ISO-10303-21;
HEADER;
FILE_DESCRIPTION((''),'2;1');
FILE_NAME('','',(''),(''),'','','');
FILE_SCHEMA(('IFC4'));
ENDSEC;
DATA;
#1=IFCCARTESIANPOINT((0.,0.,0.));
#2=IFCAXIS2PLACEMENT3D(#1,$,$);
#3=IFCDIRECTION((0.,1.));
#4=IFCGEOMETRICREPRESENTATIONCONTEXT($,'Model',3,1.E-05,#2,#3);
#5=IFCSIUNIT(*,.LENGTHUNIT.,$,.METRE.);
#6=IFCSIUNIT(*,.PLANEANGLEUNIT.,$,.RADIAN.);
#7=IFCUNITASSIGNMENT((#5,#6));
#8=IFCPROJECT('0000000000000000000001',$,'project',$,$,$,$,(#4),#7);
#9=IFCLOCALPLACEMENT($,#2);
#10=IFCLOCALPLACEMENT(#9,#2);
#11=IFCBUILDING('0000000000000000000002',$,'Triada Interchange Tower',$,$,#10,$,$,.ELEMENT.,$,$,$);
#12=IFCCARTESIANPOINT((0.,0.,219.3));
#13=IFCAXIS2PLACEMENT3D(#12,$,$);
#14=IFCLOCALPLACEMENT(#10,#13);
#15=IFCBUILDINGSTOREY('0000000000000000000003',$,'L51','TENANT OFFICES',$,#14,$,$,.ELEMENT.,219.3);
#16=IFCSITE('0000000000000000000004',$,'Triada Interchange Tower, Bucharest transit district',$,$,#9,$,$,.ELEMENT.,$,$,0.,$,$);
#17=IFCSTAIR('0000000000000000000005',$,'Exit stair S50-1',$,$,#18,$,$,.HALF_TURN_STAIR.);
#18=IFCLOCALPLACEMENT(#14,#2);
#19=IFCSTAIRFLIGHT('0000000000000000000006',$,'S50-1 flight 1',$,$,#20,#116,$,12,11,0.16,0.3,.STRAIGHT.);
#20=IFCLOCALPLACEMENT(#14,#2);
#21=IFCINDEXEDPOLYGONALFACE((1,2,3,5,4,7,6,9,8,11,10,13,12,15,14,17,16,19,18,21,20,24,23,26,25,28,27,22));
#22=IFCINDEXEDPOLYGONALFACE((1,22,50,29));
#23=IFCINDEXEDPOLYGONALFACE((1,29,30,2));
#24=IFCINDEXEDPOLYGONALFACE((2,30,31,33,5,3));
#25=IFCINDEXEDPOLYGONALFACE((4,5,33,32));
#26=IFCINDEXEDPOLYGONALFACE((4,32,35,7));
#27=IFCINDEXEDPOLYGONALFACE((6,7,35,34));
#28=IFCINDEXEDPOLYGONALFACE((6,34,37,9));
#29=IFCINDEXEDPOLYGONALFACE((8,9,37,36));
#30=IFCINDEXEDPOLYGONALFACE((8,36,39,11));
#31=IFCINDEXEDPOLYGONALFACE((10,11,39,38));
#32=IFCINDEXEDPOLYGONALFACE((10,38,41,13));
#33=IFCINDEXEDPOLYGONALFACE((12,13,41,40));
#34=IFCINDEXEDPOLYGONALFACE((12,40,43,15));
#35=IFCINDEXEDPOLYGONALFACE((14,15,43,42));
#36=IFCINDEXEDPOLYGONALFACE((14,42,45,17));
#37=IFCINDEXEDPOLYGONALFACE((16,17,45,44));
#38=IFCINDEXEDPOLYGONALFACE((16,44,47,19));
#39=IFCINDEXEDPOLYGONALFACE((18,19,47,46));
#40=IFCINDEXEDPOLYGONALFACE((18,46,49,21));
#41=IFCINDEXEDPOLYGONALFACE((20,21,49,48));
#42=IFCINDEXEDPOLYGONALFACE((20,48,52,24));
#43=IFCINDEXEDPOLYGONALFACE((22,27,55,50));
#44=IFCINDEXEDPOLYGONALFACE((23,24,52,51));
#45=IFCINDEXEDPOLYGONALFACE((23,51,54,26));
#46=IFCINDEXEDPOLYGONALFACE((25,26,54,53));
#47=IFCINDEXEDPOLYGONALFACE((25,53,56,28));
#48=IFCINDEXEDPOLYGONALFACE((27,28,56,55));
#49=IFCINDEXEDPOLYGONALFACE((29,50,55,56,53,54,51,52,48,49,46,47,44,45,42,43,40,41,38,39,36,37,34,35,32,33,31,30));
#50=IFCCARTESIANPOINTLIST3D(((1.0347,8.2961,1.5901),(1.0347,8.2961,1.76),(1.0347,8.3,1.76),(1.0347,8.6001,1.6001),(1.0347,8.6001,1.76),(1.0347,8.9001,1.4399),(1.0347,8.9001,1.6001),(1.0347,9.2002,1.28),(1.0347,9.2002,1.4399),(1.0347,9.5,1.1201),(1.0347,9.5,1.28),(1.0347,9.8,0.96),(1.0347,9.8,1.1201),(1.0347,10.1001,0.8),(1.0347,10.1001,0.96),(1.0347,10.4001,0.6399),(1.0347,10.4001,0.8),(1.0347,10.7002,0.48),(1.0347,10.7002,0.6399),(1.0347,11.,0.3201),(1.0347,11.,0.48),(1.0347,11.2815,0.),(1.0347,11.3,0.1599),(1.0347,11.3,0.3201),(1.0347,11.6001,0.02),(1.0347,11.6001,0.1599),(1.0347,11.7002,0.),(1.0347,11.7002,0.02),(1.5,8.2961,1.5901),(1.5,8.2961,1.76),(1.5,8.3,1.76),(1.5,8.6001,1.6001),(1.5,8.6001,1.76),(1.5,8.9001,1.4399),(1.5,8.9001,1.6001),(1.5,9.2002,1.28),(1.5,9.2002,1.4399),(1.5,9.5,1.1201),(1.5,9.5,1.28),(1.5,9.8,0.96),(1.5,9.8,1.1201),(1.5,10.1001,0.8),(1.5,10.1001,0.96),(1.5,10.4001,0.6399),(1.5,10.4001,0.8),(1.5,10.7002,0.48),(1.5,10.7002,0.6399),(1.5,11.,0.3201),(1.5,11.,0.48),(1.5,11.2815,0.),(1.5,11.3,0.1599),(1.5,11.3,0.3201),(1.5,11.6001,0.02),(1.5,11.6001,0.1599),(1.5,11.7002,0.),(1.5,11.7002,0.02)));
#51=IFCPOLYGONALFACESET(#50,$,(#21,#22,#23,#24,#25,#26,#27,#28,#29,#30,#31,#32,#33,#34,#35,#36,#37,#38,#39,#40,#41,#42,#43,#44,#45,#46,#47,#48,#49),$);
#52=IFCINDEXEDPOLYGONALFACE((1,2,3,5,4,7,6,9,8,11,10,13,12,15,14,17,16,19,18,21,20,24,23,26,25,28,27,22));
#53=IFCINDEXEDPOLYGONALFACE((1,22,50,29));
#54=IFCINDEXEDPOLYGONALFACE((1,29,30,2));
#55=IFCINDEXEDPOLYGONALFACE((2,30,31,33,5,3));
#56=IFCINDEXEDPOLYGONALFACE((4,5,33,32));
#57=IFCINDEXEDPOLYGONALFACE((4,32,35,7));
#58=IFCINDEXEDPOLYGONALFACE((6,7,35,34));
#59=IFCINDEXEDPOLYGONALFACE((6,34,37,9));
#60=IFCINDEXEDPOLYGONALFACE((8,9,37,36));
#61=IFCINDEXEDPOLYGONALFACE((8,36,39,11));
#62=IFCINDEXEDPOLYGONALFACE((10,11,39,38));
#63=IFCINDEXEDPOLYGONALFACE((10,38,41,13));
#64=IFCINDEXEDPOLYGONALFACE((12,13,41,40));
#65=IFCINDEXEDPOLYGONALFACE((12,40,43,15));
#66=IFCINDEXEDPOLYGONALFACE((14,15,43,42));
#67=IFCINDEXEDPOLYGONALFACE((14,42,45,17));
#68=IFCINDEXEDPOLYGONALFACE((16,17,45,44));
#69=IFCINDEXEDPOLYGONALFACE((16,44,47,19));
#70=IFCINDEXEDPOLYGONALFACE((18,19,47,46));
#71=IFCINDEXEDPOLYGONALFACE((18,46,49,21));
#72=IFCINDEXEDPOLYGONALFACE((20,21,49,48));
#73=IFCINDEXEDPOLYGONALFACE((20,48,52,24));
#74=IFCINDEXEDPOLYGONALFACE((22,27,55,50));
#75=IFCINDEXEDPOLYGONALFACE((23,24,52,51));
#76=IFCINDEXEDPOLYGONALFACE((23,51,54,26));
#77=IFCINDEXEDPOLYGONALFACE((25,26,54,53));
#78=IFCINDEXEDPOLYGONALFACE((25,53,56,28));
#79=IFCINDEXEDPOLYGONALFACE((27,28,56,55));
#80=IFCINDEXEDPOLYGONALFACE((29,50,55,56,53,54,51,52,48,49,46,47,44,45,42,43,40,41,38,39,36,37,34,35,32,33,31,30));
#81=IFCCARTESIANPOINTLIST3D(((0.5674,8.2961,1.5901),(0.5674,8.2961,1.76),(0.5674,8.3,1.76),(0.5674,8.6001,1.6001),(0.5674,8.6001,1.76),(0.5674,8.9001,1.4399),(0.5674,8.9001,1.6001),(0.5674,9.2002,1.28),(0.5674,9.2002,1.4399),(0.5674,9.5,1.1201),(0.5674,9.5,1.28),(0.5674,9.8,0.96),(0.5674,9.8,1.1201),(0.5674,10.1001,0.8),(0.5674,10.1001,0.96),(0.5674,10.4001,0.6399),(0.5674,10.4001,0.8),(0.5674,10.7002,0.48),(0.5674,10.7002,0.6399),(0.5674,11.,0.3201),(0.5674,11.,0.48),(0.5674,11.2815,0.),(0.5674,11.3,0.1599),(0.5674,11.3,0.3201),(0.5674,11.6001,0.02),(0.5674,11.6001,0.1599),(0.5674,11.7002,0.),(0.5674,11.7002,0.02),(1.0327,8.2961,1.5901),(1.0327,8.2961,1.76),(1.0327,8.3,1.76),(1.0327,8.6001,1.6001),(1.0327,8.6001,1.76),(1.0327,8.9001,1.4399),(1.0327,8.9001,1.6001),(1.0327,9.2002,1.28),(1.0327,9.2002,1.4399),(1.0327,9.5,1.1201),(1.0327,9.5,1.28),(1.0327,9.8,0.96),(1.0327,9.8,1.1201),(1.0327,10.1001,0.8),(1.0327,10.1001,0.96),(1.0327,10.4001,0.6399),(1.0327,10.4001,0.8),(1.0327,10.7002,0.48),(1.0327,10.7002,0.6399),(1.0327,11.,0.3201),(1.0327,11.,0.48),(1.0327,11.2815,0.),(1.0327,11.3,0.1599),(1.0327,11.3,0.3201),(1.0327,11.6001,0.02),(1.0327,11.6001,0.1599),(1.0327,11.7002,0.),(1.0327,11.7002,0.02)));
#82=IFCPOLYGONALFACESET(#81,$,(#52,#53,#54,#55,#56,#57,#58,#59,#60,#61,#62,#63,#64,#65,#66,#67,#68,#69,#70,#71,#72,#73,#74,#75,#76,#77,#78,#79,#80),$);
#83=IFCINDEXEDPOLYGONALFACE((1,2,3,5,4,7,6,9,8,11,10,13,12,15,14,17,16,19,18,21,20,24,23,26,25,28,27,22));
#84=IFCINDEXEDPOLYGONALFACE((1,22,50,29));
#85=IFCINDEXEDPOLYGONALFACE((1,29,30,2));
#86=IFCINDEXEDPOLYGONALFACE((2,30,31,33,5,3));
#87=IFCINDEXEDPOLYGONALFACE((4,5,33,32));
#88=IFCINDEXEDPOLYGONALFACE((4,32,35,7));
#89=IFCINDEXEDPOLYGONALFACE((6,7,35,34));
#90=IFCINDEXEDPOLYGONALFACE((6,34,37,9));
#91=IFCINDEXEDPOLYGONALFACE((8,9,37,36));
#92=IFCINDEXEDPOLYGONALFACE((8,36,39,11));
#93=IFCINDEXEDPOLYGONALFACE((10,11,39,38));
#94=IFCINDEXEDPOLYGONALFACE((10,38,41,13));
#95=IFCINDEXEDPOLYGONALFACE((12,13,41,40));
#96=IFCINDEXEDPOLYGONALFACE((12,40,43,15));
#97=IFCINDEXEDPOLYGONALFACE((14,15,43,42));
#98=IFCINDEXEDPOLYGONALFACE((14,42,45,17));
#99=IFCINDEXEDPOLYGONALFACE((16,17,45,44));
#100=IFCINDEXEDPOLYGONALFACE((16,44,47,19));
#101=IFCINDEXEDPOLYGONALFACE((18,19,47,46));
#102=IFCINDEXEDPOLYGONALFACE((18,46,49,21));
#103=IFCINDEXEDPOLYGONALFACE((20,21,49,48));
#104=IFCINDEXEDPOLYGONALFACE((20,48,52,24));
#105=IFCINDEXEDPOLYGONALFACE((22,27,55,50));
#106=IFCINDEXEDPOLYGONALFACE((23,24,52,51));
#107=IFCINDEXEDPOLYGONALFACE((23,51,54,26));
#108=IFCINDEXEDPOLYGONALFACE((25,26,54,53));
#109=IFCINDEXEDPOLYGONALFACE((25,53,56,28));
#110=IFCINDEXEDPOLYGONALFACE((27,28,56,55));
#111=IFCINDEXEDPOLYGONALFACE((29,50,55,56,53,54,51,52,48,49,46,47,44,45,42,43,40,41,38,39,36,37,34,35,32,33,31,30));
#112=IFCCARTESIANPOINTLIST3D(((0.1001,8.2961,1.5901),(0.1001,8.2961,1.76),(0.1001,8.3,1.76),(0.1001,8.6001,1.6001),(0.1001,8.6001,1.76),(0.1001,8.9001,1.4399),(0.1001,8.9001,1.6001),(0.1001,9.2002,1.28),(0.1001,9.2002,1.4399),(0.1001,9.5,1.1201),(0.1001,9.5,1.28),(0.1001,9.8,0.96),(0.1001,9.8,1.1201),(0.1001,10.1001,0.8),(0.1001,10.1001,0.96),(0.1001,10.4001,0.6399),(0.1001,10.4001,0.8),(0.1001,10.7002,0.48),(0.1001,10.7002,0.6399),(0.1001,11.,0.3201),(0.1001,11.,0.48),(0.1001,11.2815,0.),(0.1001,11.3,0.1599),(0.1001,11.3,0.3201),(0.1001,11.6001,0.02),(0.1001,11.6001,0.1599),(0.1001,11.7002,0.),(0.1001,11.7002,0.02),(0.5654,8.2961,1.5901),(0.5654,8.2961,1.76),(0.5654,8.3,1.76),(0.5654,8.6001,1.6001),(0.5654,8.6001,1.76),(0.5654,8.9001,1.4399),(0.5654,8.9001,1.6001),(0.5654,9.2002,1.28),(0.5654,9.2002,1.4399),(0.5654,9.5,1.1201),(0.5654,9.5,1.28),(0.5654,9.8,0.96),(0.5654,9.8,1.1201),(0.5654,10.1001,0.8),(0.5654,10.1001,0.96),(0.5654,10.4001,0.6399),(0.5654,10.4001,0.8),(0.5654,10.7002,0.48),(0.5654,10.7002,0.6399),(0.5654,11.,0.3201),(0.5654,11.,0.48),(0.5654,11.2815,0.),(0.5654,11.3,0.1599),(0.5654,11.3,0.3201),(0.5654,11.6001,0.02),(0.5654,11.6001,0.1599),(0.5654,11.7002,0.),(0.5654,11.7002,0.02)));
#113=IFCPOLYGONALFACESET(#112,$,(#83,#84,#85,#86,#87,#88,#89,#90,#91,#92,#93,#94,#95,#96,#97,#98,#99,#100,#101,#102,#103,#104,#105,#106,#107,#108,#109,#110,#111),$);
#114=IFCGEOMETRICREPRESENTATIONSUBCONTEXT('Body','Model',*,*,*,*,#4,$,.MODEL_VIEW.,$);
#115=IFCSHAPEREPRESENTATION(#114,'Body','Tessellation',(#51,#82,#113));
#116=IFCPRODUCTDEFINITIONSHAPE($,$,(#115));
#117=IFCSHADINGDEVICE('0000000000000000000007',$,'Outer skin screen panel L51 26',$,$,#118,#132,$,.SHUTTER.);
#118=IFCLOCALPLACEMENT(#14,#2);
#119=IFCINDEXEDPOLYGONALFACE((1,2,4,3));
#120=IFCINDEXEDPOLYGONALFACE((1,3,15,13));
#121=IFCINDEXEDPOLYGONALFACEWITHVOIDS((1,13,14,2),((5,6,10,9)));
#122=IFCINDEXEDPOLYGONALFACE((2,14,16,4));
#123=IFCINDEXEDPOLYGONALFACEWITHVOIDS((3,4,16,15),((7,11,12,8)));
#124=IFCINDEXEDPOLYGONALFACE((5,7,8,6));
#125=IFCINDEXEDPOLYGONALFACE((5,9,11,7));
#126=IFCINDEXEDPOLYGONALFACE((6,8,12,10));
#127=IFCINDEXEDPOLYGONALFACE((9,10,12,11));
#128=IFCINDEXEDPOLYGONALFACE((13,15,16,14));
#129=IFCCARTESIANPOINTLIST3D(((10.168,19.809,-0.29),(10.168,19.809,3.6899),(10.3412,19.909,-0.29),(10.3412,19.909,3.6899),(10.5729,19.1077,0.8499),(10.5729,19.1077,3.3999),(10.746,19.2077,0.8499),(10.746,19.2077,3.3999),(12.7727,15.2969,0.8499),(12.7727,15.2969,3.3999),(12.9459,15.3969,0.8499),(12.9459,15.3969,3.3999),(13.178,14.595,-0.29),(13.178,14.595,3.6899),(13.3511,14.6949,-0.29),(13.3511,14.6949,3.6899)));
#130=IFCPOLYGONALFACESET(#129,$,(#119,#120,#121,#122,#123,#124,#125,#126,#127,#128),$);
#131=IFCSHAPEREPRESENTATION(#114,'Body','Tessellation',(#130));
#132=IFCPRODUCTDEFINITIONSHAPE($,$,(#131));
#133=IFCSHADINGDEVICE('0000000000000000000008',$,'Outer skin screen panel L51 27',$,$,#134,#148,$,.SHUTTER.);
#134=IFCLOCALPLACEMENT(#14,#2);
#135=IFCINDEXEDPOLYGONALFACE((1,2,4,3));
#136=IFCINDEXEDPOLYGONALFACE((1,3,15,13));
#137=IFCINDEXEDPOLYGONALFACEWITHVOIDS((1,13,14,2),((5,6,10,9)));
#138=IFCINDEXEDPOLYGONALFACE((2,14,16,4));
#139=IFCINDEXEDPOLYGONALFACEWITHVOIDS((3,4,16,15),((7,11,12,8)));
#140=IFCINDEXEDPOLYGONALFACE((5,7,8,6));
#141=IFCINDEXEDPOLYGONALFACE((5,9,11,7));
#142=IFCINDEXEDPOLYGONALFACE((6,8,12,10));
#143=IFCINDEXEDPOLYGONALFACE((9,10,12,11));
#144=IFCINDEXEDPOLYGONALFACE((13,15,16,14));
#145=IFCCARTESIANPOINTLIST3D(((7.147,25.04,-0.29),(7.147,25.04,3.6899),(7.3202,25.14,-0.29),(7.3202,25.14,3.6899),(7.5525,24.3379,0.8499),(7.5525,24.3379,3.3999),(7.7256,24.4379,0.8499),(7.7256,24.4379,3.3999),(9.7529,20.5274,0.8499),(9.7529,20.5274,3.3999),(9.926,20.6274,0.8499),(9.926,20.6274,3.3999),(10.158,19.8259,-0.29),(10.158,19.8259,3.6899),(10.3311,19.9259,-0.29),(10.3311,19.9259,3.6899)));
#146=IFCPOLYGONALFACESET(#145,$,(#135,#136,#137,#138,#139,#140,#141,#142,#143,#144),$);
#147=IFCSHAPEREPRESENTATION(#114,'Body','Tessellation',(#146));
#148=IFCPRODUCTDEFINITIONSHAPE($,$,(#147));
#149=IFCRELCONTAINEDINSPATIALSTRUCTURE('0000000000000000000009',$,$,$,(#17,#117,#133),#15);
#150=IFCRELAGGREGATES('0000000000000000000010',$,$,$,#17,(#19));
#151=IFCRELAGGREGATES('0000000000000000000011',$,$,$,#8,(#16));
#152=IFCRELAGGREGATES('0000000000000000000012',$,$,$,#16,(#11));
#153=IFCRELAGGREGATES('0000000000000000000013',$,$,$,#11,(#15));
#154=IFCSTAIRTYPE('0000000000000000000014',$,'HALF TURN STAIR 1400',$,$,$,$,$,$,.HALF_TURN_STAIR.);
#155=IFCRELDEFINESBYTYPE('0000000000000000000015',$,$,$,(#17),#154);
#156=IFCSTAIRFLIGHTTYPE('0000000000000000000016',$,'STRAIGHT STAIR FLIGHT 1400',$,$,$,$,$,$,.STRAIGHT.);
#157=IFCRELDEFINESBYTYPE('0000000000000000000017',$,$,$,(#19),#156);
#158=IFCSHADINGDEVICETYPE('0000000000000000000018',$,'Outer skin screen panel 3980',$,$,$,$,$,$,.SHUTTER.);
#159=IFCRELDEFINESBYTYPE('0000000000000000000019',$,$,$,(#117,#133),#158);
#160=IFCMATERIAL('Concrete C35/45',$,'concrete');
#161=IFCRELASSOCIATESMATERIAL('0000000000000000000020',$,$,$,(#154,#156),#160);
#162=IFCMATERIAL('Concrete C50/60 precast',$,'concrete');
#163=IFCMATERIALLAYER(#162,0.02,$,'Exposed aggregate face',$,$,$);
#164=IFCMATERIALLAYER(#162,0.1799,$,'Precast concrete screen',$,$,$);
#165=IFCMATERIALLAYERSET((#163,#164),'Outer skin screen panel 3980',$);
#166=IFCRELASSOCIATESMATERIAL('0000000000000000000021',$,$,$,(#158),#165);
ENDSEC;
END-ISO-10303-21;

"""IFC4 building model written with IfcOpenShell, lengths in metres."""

from ifc_helpers import new_model, si_unit, direction, frame, origin, place, context, subcontext, project, spatial, polyline, outline, extrude, material, layer, layer_set, type_object, element, aggregate, save


model = new_model("IFC4")

# Units and contexts
model_context = context("Model", 3, precision=1e-05, world=origin(), true_north=direction((0.0, 1.0)))
body_context = subcontext(model_context, "Body", "Model", "MODEL_VIEW")
ifc_project = project(units=[si_unit("LENGTHUNIT", "METRE"), si_unit("PLANEANGLEUNIT", "RADIAN")], contexts=[model_context])

# Site, building, storey
site_placement = place(None, origin())
site = spatial("IfcSite", under=ifc_project, at=site_placement, Name="Triada Interchange Tower, Bucharest transit district", CompositionType="ELEMENT", RefElevation=0.0)
building_placement = place(site_placement, origin())
building = spatial("IfcBuilding", under=site, at=building_placement, Name="Triada Interchange Tower", CompositionType="ELEMENT")
storey_placement = place(building_placement, frame((0.0, 0.0, 219.3)))
storey = spatial("IfcBuildingStorey", under=building, at=storey_placement, Name="L51", Description="TENANT OFFICES", CompositionType="ELEMENT", Elevation=219.3)

# Stair, stair flight
ifc_material_1 = material(Name="Concrete C35/45", Category="concrete")
stair_type = type_object("IfcStairType", Name="HALF TURN STAIR 1400", PredefinedType="HALF_TURN_STAIR", material=ifc_material_1)
stair_placement = place(storey_placement, origin())
stair = element("IfcStair", 1, at=stair_placement, inside=storey, type_object=stair_type, Name="Exit stair S50-1", PredefinedType="HALF_TURN_STAIR")
stair_flight_type = type_object("IfcStairFlightType", Name="STRAIGHT STAIR FLIGHT 1400", PredefinedType="STRAIGHT", material=ifc_material_1)
stair_flight_placement = place(storey_placement, frame((0.8, 11.6001, 0.0), z_axis=(0.0, 0.0, 1.0), x_axis=(0.0, -1.0, 0.0)))
stair_flight = element("IfcStairFlight", 2, at=stair_flight_placement, type_object=stair_flight_type, Name="S50-1 flight 1", NumberOfRisers=12, NumberOfTreads=11, PredefinedType="STRAIGHT", RiserHeight=0.16, TreadLength=0.3, context=body_context, shape_type="SweptSolid", body=[
    extrude(outline(polyline([(-0.1001, 0.0), (-0.1001, 0.02), (0.0, 0.02), (0.0, 0.1599), (0.3, 0.1599), (0.3, 0.3201), (0.6001, 0.3201), (0.6001, 0.48), (0.8999, 0.48), (0.8999, 0.6399), (1.2, 0.6399), (1.2, 0.8), (1.5, 0.8), (1.5, 0.96), (1.8, 0.96), (1.8, 1.1201), (2.1001, 1.1201), (2.1001, 1.28), (2.3999, 1.28), (2.3999, 1.4399), (2.7, 1.4399), (2.7, 1.6001), (3.0, 1.6001), (3.0, 1.76), (3.3, 1.76), (3.304, 1.76), (3.304, 1.9199), (3.304, 1.5901), (0.3186, 0.0), (-0.1001, 0.0)])), frame((0.0, 0.7, 0.0), z_axis=(0.0, -1.0, 0.0), x_axis=(1.0, 0.0, 0.0)), (0.0, 0.0, 1.0), 0.4653),
    extrude(outline(polyline([(-0.1001, 0.0), (-0.1001, 0.02), (0.0, 0.02), (0.0, 0.1599), (0.3, 0.1599), (0.3, 0.3201), (0.6001, 0.3201), (0.6001, 0.48), (0.8999, 0.48), (0.8999, 0.6399), (1.2, 0.6399), (1.2, 0.8), (1.5, 0.8), (1.5, 0.96), (1.8, 0.96), (1.8, 1.1201), (2.1001, 1.1201), (2.1001, 1.28), (2.3999, 1.28), (2.3999, 1.4399), (2.7, 1.4399), (2.7, 1.6001), (3.0, 1.6001), (3.0, 1.76), (3.3, 1.76), (3.304, 1.76), (3.304, 1.9199), (3.304, 1.5901), (0.3186, 0.0), (-0.1001, 0.0)])), frame((0.0, 0.2327, 0.0), z_axis=(0.0, -1.0, 0.0), x_axis=(1.0, 0.0, 0.0)), (0.0, 0.0, 1.0), 0.4653),
    extrude(outline(polyline([(-0.1001, 0.0), (-0.1001, 0.02), (0.0, 0.02), (0.0, 0.1599), (0.3, 0.1599), (0.3, 0.3201), (0.6001, 0.3201), (0.6001, 0.48), (0.8999, 0.48), (0.8999, 0.6399), (1.2, 0.6399), (1.2, 0.8), (1.5, 0.8), (1.5, 0.96), (1.8, 0.96), (1.8, 1.1201), (2.1001, 1.1201), (2.1001, 1.28), (2.3999, 1.28), (2.3999, 1.4399), (2.7, 1.4399), (2.7, 1.6001), (3.0, 1.6001), (3.0, 1.76), (3.3, 1.76), (3.304, 1.76), (3.304, 1.9199), (3.304, 1.5901), (0.3186, 0.0), (-0.1001, 0.0)])), frame((0.0, -0.2346, 0.0), z_axis=(0.0, -1.0, 0.0), x_axis=(1.0, 0.0, 0.0)), (0.0, 0.0, 1.0), 0.4653),
])

# Shading devices
ifc_material_2 = material(Name="Concrete C50/60 precast", Category="concrete")
ifc_layer_1 = layer(ifc_material_2, 0.02, Name="Exposed aggregate face")
ifc_layer_2 = layer(ifc_material_2, 0.1799, Name="Precast concrete screen")
ifc_layer_set_1 = layer_set([ifc_layer_1, ifc_layer_2], Name="Outer skin screen panel 3980")
shading_device_type = type_object("IfcShadingDeviceType", Name="Outer skin screen panel 3980", PredefinedType="SHUTTER", material=ifc_layer_set_1)
shading_device_1_placement = place(storey_placement, frame((13.178, 14.595, -0.29), z_axis=(0.0, 0.0, 1.0), x_axis=(-0.499955, 0.866051, 0.0)))
element("IfcShadingDevice", 3, at=shading_device_1_placement, inside=storey, type_object=shading_device_type, Name="Outer skin screen panel L51 26", PredefinedType="SHUTTER", context=body_context, shape_type="SweptSolid", body=[
    extrude(outline(polyline([(0.0, 0.0), (6.0205, 0.0), (6.0205, 3.98), (0.0, 3.98), (0.0, 0.0)]), holes=[polyline([(0.8105, 1.1399), (0.8105, 3.6899), (5.2107, 3.6899), (5.2107, 1.1399), (0.8105, 1.1399)])]), frame((0.0, 0.0, 0.0), z_axis=(0.0, -1.0, 0.0), x_axis=(1.0, 0.0, 0.0)), (0.0, 0.0, 1.0), 0.2),
])
shading_device_2_placement = place(storey_placement, frame((10.158, 19.8259, -0.29), z_axis=(0.0, 0.0, 1.0), x_axis=(-0.500077, 0.865981, 0.0)))
element("IfcShadingDevice", 4, at=shading_device_2_placement, inside=storey, type_object=shading_device_type, Name="Outer skin screen panel L51 27", PredefinedType="SHUTTER", context=body_context, shape_type="SweptSolid", body=[
    extrude(outline(polyline([(0.0, 0.0), (6.021, 0.0), (6.021, 3.98), (0.0, 3.98), (0.0, 0.0)]), holes=[polyline([(0.8101, 1.1399), (0.8101, 3.6899), (5.2102, 3.6899), (5.2102, 1.1399), (0.8101, 1.1399)])]), frame((0.0, 0.0, 0.0), z_axis=(0.0, -1.0, 0.0), x_axis=(1.0, 0.0, 0.0)), (0.0, 0.0, 1.0), 0.2),
])

aggregate(stair, [stair_flight])

save(model, "model.ifc")
